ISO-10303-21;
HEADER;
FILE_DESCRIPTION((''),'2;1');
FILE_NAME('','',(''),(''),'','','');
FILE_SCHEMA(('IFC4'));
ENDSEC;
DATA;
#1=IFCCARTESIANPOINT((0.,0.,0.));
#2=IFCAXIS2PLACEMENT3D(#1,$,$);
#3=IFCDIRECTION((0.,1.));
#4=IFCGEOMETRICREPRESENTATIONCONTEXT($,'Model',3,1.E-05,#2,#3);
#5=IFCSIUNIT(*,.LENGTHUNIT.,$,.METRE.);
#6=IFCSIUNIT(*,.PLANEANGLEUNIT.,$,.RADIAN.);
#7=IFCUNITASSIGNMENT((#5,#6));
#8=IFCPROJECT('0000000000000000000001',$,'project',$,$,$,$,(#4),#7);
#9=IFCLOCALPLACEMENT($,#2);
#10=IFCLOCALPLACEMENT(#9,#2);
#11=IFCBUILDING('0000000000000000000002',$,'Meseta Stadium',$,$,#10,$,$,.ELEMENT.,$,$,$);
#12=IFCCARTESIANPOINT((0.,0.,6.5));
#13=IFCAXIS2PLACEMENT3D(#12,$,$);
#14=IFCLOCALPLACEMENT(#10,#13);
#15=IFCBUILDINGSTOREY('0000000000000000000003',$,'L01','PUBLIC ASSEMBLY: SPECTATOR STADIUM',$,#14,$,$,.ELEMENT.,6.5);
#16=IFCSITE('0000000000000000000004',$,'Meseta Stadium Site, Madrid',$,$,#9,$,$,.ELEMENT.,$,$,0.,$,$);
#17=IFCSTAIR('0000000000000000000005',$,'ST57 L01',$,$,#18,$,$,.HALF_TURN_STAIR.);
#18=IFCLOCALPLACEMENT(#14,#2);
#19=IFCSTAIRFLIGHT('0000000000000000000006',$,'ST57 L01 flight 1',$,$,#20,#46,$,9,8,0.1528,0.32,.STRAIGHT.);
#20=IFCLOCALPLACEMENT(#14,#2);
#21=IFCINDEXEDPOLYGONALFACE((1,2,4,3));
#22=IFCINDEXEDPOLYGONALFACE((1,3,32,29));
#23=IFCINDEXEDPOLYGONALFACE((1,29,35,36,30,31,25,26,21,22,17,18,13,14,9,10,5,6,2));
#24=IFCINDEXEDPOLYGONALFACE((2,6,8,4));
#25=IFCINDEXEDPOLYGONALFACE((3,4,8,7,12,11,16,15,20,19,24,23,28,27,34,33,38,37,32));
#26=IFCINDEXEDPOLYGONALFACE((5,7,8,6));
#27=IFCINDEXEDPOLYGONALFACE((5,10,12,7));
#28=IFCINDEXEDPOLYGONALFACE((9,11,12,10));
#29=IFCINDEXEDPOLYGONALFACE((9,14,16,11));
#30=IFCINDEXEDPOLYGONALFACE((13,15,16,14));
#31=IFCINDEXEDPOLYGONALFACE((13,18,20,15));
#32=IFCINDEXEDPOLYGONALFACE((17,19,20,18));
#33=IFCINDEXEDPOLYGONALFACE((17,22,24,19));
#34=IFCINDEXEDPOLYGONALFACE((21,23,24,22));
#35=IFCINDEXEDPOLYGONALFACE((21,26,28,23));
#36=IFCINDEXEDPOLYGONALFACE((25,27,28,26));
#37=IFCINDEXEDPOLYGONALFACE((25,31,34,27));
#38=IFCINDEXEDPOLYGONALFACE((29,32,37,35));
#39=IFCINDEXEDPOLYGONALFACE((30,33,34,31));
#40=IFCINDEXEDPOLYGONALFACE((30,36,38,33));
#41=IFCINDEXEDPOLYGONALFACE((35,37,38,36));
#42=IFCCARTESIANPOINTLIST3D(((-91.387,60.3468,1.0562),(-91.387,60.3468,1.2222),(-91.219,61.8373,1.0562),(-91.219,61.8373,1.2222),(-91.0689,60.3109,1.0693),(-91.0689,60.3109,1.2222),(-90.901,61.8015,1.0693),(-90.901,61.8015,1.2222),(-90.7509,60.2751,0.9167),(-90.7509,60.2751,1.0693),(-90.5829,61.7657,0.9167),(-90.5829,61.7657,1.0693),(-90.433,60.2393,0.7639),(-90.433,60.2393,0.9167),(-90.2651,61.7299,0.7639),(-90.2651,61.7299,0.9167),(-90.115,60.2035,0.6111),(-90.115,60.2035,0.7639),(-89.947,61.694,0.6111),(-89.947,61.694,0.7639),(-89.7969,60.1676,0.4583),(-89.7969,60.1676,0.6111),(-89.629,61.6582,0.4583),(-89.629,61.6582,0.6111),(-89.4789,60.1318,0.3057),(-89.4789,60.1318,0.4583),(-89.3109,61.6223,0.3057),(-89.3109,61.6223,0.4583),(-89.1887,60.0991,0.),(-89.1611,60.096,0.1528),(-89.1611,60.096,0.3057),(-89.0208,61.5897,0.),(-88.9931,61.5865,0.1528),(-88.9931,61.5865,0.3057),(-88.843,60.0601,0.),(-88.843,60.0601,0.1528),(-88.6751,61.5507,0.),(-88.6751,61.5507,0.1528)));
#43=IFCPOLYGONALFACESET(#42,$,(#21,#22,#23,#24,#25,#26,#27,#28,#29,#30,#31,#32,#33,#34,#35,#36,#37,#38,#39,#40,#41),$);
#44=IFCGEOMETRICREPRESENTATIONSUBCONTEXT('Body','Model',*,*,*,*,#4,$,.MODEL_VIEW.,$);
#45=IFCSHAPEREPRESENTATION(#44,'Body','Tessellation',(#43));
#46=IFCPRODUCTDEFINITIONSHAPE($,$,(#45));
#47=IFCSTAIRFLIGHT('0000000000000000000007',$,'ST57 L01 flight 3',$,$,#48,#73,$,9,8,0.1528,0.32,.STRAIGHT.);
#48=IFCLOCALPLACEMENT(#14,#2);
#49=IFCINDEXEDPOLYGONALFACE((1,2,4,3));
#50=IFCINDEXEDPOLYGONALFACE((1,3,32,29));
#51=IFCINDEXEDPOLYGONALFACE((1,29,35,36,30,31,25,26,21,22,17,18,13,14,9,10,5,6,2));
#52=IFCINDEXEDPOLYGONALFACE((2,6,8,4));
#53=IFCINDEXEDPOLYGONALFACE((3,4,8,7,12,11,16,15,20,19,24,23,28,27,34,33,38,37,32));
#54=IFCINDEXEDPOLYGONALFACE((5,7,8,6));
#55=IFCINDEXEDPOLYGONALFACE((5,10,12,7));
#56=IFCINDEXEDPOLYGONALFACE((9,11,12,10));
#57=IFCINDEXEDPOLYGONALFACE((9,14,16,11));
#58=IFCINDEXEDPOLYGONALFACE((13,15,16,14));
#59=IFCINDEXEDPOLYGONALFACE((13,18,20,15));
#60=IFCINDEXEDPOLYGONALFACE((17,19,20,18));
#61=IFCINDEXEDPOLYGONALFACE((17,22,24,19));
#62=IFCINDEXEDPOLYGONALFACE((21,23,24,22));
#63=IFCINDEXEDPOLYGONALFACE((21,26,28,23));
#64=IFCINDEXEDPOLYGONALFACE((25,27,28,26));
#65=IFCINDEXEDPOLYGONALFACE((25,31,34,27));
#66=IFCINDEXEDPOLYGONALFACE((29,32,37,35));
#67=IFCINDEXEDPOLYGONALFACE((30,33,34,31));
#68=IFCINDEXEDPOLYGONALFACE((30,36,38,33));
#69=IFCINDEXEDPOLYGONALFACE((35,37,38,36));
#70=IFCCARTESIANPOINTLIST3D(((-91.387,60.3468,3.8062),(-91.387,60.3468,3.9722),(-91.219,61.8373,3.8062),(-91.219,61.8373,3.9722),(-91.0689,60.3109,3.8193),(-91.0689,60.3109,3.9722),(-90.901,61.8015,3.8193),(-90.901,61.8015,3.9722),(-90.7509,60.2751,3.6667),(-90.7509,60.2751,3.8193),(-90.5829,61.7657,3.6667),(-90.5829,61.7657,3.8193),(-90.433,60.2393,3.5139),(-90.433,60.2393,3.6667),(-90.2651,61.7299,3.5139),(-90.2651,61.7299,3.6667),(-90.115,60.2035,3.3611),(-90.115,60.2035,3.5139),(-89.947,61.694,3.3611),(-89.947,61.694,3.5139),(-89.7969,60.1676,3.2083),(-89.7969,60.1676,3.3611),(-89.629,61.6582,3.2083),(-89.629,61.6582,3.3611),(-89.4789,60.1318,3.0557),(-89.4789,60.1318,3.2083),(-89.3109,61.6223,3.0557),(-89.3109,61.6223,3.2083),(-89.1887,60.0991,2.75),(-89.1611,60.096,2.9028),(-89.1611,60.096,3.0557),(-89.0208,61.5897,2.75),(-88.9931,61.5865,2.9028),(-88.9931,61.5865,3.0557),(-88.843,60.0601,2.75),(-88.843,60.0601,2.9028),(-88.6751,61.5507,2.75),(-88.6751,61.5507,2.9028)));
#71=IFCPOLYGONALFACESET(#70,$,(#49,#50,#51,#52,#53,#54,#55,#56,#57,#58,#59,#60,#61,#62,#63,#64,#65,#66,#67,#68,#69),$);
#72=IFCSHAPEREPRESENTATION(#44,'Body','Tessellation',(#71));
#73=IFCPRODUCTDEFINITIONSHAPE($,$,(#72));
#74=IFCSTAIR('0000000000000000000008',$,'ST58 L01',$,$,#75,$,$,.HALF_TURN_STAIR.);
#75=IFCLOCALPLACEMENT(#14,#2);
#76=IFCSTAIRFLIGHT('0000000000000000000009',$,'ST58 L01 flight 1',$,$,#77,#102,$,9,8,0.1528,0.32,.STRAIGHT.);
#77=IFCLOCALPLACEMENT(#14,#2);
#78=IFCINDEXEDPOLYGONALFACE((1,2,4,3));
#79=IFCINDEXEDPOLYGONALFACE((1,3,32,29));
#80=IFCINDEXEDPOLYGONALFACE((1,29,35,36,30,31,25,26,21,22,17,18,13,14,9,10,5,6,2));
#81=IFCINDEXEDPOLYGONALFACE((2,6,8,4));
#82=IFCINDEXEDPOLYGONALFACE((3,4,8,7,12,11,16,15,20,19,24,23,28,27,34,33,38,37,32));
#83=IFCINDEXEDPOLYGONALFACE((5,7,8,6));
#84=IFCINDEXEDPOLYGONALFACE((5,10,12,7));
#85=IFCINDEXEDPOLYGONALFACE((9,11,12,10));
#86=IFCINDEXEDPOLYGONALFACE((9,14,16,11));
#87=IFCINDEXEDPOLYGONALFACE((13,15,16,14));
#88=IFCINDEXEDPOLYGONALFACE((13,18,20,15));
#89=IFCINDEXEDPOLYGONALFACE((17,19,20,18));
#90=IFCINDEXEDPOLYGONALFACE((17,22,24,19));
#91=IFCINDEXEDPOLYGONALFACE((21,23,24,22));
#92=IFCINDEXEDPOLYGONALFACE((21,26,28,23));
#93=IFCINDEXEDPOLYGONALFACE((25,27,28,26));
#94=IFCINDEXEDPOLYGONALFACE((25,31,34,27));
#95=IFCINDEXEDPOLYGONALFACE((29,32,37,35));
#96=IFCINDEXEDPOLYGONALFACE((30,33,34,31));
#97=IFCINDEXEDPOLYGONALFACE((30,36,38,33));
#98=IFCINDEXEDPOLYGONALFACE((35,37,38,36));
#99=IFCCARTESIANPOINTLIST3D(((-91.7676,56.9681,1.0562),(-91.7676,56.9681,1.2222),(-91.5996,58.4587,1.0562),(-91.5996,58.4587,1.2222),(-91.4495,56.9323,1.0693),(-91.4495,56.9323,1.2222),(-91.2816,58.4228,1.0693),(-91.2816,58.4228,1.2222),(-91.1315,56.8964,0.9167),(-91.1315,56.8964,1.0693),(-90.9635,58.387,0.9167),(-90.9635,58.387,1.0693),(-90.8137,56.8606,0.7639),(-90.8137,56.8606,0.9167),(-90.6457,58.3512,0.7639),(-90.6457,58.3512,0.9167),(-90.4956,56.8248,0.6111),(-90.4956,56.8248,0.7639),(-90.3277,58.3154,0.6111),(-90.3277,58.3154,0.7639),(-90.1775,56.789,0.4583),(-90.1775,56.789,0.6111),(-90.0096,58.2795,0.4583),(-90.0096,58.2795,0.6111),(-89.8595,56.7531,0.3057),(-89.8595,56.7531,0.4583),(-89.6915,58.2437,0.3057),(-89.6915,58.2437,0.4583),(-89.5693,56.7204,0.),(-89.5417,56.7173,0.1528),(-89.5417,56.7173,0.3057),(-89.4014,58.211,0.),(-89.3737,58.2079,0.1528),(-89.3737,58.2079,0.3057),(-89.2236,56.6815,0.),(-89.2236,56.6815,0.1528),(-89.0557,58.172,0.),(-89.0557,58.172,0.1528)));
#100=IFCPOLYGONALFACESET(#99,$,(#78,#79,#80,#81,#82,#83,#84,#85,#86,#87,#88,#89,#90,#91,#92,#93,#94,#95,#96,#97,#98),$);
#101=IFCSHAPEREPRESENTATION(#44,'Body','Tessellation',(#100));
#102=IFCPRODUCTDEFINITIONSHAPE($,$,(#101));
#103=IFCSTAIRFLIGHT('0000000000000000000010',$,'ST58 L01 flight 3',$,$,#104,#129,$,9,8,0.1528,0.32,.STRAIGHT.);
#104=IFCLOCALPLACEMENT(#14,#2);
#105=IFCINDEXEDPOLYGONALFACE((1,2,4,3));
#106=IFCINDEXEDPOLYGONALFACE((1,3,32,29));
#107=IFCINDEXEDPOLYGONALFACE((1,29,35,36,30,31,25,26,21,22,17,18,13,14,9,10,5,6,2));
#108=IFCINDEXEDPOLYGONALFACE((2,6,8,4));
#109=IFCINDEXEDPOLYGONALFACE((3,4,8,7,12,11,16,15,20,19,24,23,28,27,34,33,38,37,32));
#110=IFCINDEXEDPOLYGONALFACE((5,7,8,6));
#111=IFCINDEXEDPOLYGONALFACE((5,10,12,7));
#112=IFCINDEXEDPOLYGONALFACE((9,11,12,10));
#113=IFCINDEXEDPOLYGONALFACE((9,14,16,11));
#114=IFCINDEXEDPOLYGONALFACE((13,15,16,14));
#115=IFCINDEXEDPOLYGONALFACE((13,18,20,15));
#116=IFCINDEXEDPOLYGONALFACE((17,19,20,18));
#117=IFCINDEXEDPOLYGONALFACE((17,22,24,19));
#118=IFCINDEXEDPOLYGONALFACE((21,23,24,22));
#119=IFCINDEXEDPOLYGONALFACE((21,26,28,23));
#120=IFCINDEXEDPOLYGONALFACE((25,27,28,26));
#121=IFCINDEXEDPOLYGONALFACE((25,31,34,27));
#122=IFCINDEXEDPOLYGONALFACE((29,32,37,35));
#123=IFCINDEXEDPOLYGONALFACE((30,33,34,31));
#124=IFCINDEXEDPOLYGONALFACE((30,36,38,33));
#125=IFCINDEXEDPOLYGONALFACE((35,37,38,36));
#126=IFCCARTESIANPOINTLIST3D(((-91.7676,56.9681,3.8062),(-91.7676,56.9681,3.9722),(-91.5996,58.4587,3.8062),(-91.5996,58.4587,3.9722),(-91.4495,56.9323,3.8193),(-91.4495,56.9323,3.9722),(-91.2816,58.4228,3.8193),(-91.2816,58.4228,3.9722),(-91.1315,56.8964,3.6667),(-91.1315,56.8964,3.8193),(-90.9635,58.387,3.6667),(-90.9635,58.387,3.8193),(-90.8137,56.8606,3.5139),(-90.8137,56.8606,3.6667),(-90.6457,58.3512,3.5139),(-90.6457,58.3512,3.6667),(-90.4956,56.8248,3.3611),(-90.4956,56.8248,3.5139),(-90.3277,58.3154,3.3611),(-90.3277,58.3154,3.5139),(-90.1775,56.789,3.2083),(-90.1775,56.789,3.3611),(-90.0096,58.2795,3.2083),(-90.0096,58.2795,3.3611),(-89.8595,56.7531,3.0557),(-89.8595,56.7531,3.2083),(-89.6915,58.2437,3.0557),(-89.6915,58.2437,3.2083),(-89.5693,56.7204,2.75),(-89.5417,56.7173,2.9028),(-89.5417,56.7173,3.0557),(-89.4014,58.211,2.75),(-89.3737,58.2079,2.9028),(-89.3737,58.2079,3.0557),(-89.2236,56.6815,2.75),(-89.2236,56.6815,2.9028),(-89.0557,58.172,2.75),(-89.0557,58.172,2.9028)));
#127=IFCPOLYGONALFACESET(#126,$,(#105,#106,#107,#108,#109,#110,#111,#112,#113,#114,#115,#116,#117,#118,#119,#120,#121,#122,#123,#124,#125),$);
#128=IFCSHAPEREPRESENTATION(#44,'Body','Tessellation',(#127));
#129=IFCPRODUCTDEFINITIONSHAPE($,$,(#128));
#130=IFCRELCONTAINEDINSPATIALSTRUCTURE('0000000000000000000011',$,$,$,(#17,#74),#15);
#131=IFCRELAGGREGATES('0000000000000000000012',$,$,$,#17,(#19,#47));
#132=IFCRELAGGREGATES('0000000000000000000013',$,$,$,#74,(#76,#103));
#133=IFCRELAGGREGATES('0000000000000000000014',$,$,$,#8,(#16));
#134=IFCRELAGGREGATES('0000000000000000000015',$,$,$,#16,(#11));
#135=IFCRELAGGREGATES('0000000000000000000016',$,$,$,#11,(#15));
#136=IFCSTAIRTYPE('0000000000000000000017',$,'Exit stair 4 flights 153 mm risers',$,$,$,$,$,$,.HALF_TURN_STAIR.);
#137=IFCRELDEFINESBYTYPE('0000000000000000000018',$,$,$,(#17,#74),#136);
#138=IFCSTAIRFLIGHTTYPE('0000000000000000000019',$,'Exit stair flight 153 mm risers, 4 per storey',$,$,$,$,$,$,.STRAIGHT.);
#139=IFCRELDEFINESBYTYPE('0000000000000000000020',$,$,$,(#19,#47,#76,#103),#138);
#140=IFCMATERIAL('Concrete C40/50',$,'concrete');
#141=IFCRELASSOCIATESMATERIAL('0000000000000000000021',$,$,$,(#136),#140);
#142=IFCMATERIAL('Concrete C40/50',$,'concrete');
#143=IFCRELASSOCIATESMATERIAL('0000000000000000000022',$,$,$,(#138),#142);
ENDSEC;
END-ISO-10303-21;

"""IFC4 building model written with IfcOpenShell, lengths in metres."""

from ifc_helpers import new_model, si_unit, direction, frame, origin, place, context, subcontext, project, spatial, polyline, outline, extrude, material, type_object, element, aggregate, save


model = new_model("IFC4")

# Units and contexts
model_context = context("Model", 3, precision=1e-05, world=origin(), true_north=direction((0.0, 1.0)))
body_context = subcontext(model_context, "Body", "Model", "MODEL_VIEW")
ifc_project = project(units=[si_unit("LENGTHUNIT", "METRE"), si_unit("PLANEANGLEUNIT", "RADIAN")], contexts=[model_context])

# Site, building, storey
site_placement = place(None, origin())
site = spatial("IfcSite", under=ifc_project, at=site_placement, Name="Meseta Stadium Site, Madrid", CompositionType="ELEMENT", RefElevation=0.0)
building_placement = place(site_placement, origin())
building = spatial("IfcBuilding", under=site, at=building_placement, Name="Meseta Stadium", CompositionType="ELEMENT")
storey_placement = place(building_placement, frame((0.0, 0.0, 6.5)))
storey = spatial("IfcBuildingStorey", under=building, at=storey_placement, Name="L01", Description="PUBLIC ASSEMBLY: SPECTATOR STADIUM", CompositionType="ELEMENT", Elevation=6.5)

# Stairs, stair flights
ifc_material_1 = material(Name="Concrete C40/50", Category="concrete")
stair_type = type_object("IfcStairType", Name="Exit stair 4 flights 153 mm risers", PredefinedType="HALF_TURN_STAIR", material=ifc_material_1)
stair_1_placement = place(storey_placement, origin())
stair_1 = element("IfcStair", 1, at=stair_1_placement, inside=storey, type_object=stair_type, Name="ST57 L01", PredefinedType="HALF_TURN_STAIR")
ifc_material_2 = material(Name="Concrete C40/50", Category="concrete")
stair_flight_type = type_object("IfcStairFlightType", Name="Exit stair flight 153 mm risers, 4 per storey", PredefinedType="STRAIGHT", material=ifc_material_2)
stair_flight_1_placement = place(storey_placement, frame((-88.759, 60.8054, 0.0), z_axis=(0.0, 0.0, 1.0), x_axis=(-0.993712, 0.111964, 0.0)))
stair_flight_1 = element("IfcStairFlight", 2, at=stair_flight_1_placement, type_object=stair_flight_type, Name="ST57 L01 flight 1", NumberOfRisers=9, NumberOfTreads=8, PredefinedType="STRAIGHT", RiserHeight=0.1528, TreadLength=0.32, context=body_context, shape_type="SweptSolid", body=[
    extrude(outline(polyline([(0.0, 0.0), (0.0, 0.1528), (0.3201, 0.1528), (0.3201, 0.3057), (0.6399, 0.3057), (0.6399, 0.4583), (0.96, 0.4583), (0.96, 0.6111), (1.28, 0.6111), (1.28, 0.7639), (1.6001, 0.7639), (1.6001, 0.9167), (1.9199, 0.9167), (1.9199, 1.0693), (2.24, 1.0693), (2.24, 1.2222), (2.5601, 1.2222), (2.5601, 1.0562), (0.3479, 0.0), (0.0, 0.0)])), frame((0.0, 0.75, 0.0), z_axis=(0.0, -1.0, 0.0), x_axis=(1.0, 0.0, 0.0)), (0.0, 0.0, 1.0), 1.5),
])
stair_flight_2_placement = place(storey_placement, frame((-88.759, 60.8054, 2.75), z_axis=(0.0, 0.0, 1.0), x_axis=(-0.993712, 0.111964, 0.0)))
stair_flight_2 = element("IfcStairFlight", 3, at=stair_flight_2_placement, type_object=stair_flight_type, Name="ST57 L01 flight 3", NumberOfRisers=9, NumberOfTreads=8, PredefinedType="STRAIGHT", RiserHeight=0.1528, TreadLength=0.32, context=body_context, shape_type="SweptSolid", body=[
    extrude(outline(polyline([(0.0, 0.0), (0.0, 0.1528), (0.3201, 0.1528), (0.3201, 0.3057), (0.6399, 0.3057), (0.6399, 0.4583), (0.96, 0.4583), (0.96, 0.6111), (1.28, 0.6111), (1.28, 0.7639), (1.6001, 0.7639), (1.6001, 0.9167), (1.9199, 0.9167), (1.9199, 1.0693), (2.24, 1.0693), (2.24, 1.2222), (2.5601, 1.2222), (2.5601, 1.0562), (0.3479, 0.0), (0.0, 0.0)])), frame((0.0, 0.75, 0.0), z_axis=(0.0, -1.0, 0.0), x_axis=(1.0, 0.0, 0.0)), (0.0, 0.0, 1.0), 1.5),
])
aggregate(stair_1, [stair_flight_1, stair_flight_2])
stair_2_placement = place(storey_placement, origin())
stair_2 = element("IfcStair", 4, at=stair_2_placement, inside=storey, type_object=stair_type, Name="ST58 L01", PredefinedType="HALF_TURN_STAIR")
stair_flight_3_placement = place(storey_placement, frame((-89.1396, 57.4268, 0.0), z_axis=(0.0, 0.0, 1.0), x_axis=(-0.993712, 0.111964, 0.0)))
stair_flight_3 = element("IfcStairFlight", 5, at=stair_flight_3_placement, type_object=stair_flight_type, Name="ST58 L01 flight 1", NumberOfRisers=9, NumberOfTreads=8, PredefinedType="STRAIGHT", RiserHeight=0.1528, TreadLength=0.32, context=body_context, shape_type="SweptSolid", body=[
    extrude(outline(polyline([(0.0, 0.0), (0.0, 0.1528), (0.3201, 0.1528), (0.3201, 0.3057), (0.6399, 0.3057), (0.6399, 0.4583), (0.96, 0.4583), (0.96, 0.6111), (1.28, 0.6111), (1.28, 0.7639), (1.6001, 0.7639), (1.6001, 0.9167), (1.9199, 0.9167), (1.9199, 1.0693), (2.24, 1.0693), (2.24, 1.2222), (2.5601, 1.2222), (2.5601, 1.0562), (0.3479, 0.0), (0.0, 0.0)])), frame((0.0, 0.75, 0.0), z_axis=(0.0, -1.0, 0.0), x_axis=(1.0, 0.0, 0.0)), (0.0, 0.0, 1.0), 1.5),
])
stair_flight_4_placement = place(storey_placement, frame((-89.1396, 57.4268, 2.75), z_axis=(0.0, 0.0, 1.0), x_axis=(-0.993712, 0.111964, 0.0)))
stair_flight_4 = element("IfcStairFlight", 6, at=stair_flight_4_placement, type_object=stair_flight_type, Name="ST58 L01 flight 3", NumberOfRisers=9, NumberOfTreads=8, PredefinedType="STRAIGHT", RiserHeight=0.1528, TreadLength=0.32, context=body_context, shape_type="SweptSolid", body=[
    extrude(outline(polyline([(0.0, 0.0), (0.0, 0.1528), (0.3201, 0.1528), (0.3201, 0.3057), (0.6399, 0.3057), (0.6399, 0.4583), (0.96, 0.4583), (0.96, 0.6111), (1.28, 0.6111), (1.28, 0.7639), (1.6001, 0.7639), (1.6001, 0.9167), (1.9199, 0.9167), (1.9199, 1.0693), (2.24, 1.0693), (2.24, 1.2222), (2.5601, 1.2222), (2.5601, 1.0562), (0.3479, 0.0), (0.0, 0.0)])), frame((0.0, 0.75, 0.0), z_axis=(0.0, -1.0, 0.0), x_axis=(1.0, 0.0, 0.0)), (0.0, 0.0, 1.0), 1.5),
])
aggregate(stair_2, [stair_flight_3, stair_flight_4])

save(model, "model.ifc")
